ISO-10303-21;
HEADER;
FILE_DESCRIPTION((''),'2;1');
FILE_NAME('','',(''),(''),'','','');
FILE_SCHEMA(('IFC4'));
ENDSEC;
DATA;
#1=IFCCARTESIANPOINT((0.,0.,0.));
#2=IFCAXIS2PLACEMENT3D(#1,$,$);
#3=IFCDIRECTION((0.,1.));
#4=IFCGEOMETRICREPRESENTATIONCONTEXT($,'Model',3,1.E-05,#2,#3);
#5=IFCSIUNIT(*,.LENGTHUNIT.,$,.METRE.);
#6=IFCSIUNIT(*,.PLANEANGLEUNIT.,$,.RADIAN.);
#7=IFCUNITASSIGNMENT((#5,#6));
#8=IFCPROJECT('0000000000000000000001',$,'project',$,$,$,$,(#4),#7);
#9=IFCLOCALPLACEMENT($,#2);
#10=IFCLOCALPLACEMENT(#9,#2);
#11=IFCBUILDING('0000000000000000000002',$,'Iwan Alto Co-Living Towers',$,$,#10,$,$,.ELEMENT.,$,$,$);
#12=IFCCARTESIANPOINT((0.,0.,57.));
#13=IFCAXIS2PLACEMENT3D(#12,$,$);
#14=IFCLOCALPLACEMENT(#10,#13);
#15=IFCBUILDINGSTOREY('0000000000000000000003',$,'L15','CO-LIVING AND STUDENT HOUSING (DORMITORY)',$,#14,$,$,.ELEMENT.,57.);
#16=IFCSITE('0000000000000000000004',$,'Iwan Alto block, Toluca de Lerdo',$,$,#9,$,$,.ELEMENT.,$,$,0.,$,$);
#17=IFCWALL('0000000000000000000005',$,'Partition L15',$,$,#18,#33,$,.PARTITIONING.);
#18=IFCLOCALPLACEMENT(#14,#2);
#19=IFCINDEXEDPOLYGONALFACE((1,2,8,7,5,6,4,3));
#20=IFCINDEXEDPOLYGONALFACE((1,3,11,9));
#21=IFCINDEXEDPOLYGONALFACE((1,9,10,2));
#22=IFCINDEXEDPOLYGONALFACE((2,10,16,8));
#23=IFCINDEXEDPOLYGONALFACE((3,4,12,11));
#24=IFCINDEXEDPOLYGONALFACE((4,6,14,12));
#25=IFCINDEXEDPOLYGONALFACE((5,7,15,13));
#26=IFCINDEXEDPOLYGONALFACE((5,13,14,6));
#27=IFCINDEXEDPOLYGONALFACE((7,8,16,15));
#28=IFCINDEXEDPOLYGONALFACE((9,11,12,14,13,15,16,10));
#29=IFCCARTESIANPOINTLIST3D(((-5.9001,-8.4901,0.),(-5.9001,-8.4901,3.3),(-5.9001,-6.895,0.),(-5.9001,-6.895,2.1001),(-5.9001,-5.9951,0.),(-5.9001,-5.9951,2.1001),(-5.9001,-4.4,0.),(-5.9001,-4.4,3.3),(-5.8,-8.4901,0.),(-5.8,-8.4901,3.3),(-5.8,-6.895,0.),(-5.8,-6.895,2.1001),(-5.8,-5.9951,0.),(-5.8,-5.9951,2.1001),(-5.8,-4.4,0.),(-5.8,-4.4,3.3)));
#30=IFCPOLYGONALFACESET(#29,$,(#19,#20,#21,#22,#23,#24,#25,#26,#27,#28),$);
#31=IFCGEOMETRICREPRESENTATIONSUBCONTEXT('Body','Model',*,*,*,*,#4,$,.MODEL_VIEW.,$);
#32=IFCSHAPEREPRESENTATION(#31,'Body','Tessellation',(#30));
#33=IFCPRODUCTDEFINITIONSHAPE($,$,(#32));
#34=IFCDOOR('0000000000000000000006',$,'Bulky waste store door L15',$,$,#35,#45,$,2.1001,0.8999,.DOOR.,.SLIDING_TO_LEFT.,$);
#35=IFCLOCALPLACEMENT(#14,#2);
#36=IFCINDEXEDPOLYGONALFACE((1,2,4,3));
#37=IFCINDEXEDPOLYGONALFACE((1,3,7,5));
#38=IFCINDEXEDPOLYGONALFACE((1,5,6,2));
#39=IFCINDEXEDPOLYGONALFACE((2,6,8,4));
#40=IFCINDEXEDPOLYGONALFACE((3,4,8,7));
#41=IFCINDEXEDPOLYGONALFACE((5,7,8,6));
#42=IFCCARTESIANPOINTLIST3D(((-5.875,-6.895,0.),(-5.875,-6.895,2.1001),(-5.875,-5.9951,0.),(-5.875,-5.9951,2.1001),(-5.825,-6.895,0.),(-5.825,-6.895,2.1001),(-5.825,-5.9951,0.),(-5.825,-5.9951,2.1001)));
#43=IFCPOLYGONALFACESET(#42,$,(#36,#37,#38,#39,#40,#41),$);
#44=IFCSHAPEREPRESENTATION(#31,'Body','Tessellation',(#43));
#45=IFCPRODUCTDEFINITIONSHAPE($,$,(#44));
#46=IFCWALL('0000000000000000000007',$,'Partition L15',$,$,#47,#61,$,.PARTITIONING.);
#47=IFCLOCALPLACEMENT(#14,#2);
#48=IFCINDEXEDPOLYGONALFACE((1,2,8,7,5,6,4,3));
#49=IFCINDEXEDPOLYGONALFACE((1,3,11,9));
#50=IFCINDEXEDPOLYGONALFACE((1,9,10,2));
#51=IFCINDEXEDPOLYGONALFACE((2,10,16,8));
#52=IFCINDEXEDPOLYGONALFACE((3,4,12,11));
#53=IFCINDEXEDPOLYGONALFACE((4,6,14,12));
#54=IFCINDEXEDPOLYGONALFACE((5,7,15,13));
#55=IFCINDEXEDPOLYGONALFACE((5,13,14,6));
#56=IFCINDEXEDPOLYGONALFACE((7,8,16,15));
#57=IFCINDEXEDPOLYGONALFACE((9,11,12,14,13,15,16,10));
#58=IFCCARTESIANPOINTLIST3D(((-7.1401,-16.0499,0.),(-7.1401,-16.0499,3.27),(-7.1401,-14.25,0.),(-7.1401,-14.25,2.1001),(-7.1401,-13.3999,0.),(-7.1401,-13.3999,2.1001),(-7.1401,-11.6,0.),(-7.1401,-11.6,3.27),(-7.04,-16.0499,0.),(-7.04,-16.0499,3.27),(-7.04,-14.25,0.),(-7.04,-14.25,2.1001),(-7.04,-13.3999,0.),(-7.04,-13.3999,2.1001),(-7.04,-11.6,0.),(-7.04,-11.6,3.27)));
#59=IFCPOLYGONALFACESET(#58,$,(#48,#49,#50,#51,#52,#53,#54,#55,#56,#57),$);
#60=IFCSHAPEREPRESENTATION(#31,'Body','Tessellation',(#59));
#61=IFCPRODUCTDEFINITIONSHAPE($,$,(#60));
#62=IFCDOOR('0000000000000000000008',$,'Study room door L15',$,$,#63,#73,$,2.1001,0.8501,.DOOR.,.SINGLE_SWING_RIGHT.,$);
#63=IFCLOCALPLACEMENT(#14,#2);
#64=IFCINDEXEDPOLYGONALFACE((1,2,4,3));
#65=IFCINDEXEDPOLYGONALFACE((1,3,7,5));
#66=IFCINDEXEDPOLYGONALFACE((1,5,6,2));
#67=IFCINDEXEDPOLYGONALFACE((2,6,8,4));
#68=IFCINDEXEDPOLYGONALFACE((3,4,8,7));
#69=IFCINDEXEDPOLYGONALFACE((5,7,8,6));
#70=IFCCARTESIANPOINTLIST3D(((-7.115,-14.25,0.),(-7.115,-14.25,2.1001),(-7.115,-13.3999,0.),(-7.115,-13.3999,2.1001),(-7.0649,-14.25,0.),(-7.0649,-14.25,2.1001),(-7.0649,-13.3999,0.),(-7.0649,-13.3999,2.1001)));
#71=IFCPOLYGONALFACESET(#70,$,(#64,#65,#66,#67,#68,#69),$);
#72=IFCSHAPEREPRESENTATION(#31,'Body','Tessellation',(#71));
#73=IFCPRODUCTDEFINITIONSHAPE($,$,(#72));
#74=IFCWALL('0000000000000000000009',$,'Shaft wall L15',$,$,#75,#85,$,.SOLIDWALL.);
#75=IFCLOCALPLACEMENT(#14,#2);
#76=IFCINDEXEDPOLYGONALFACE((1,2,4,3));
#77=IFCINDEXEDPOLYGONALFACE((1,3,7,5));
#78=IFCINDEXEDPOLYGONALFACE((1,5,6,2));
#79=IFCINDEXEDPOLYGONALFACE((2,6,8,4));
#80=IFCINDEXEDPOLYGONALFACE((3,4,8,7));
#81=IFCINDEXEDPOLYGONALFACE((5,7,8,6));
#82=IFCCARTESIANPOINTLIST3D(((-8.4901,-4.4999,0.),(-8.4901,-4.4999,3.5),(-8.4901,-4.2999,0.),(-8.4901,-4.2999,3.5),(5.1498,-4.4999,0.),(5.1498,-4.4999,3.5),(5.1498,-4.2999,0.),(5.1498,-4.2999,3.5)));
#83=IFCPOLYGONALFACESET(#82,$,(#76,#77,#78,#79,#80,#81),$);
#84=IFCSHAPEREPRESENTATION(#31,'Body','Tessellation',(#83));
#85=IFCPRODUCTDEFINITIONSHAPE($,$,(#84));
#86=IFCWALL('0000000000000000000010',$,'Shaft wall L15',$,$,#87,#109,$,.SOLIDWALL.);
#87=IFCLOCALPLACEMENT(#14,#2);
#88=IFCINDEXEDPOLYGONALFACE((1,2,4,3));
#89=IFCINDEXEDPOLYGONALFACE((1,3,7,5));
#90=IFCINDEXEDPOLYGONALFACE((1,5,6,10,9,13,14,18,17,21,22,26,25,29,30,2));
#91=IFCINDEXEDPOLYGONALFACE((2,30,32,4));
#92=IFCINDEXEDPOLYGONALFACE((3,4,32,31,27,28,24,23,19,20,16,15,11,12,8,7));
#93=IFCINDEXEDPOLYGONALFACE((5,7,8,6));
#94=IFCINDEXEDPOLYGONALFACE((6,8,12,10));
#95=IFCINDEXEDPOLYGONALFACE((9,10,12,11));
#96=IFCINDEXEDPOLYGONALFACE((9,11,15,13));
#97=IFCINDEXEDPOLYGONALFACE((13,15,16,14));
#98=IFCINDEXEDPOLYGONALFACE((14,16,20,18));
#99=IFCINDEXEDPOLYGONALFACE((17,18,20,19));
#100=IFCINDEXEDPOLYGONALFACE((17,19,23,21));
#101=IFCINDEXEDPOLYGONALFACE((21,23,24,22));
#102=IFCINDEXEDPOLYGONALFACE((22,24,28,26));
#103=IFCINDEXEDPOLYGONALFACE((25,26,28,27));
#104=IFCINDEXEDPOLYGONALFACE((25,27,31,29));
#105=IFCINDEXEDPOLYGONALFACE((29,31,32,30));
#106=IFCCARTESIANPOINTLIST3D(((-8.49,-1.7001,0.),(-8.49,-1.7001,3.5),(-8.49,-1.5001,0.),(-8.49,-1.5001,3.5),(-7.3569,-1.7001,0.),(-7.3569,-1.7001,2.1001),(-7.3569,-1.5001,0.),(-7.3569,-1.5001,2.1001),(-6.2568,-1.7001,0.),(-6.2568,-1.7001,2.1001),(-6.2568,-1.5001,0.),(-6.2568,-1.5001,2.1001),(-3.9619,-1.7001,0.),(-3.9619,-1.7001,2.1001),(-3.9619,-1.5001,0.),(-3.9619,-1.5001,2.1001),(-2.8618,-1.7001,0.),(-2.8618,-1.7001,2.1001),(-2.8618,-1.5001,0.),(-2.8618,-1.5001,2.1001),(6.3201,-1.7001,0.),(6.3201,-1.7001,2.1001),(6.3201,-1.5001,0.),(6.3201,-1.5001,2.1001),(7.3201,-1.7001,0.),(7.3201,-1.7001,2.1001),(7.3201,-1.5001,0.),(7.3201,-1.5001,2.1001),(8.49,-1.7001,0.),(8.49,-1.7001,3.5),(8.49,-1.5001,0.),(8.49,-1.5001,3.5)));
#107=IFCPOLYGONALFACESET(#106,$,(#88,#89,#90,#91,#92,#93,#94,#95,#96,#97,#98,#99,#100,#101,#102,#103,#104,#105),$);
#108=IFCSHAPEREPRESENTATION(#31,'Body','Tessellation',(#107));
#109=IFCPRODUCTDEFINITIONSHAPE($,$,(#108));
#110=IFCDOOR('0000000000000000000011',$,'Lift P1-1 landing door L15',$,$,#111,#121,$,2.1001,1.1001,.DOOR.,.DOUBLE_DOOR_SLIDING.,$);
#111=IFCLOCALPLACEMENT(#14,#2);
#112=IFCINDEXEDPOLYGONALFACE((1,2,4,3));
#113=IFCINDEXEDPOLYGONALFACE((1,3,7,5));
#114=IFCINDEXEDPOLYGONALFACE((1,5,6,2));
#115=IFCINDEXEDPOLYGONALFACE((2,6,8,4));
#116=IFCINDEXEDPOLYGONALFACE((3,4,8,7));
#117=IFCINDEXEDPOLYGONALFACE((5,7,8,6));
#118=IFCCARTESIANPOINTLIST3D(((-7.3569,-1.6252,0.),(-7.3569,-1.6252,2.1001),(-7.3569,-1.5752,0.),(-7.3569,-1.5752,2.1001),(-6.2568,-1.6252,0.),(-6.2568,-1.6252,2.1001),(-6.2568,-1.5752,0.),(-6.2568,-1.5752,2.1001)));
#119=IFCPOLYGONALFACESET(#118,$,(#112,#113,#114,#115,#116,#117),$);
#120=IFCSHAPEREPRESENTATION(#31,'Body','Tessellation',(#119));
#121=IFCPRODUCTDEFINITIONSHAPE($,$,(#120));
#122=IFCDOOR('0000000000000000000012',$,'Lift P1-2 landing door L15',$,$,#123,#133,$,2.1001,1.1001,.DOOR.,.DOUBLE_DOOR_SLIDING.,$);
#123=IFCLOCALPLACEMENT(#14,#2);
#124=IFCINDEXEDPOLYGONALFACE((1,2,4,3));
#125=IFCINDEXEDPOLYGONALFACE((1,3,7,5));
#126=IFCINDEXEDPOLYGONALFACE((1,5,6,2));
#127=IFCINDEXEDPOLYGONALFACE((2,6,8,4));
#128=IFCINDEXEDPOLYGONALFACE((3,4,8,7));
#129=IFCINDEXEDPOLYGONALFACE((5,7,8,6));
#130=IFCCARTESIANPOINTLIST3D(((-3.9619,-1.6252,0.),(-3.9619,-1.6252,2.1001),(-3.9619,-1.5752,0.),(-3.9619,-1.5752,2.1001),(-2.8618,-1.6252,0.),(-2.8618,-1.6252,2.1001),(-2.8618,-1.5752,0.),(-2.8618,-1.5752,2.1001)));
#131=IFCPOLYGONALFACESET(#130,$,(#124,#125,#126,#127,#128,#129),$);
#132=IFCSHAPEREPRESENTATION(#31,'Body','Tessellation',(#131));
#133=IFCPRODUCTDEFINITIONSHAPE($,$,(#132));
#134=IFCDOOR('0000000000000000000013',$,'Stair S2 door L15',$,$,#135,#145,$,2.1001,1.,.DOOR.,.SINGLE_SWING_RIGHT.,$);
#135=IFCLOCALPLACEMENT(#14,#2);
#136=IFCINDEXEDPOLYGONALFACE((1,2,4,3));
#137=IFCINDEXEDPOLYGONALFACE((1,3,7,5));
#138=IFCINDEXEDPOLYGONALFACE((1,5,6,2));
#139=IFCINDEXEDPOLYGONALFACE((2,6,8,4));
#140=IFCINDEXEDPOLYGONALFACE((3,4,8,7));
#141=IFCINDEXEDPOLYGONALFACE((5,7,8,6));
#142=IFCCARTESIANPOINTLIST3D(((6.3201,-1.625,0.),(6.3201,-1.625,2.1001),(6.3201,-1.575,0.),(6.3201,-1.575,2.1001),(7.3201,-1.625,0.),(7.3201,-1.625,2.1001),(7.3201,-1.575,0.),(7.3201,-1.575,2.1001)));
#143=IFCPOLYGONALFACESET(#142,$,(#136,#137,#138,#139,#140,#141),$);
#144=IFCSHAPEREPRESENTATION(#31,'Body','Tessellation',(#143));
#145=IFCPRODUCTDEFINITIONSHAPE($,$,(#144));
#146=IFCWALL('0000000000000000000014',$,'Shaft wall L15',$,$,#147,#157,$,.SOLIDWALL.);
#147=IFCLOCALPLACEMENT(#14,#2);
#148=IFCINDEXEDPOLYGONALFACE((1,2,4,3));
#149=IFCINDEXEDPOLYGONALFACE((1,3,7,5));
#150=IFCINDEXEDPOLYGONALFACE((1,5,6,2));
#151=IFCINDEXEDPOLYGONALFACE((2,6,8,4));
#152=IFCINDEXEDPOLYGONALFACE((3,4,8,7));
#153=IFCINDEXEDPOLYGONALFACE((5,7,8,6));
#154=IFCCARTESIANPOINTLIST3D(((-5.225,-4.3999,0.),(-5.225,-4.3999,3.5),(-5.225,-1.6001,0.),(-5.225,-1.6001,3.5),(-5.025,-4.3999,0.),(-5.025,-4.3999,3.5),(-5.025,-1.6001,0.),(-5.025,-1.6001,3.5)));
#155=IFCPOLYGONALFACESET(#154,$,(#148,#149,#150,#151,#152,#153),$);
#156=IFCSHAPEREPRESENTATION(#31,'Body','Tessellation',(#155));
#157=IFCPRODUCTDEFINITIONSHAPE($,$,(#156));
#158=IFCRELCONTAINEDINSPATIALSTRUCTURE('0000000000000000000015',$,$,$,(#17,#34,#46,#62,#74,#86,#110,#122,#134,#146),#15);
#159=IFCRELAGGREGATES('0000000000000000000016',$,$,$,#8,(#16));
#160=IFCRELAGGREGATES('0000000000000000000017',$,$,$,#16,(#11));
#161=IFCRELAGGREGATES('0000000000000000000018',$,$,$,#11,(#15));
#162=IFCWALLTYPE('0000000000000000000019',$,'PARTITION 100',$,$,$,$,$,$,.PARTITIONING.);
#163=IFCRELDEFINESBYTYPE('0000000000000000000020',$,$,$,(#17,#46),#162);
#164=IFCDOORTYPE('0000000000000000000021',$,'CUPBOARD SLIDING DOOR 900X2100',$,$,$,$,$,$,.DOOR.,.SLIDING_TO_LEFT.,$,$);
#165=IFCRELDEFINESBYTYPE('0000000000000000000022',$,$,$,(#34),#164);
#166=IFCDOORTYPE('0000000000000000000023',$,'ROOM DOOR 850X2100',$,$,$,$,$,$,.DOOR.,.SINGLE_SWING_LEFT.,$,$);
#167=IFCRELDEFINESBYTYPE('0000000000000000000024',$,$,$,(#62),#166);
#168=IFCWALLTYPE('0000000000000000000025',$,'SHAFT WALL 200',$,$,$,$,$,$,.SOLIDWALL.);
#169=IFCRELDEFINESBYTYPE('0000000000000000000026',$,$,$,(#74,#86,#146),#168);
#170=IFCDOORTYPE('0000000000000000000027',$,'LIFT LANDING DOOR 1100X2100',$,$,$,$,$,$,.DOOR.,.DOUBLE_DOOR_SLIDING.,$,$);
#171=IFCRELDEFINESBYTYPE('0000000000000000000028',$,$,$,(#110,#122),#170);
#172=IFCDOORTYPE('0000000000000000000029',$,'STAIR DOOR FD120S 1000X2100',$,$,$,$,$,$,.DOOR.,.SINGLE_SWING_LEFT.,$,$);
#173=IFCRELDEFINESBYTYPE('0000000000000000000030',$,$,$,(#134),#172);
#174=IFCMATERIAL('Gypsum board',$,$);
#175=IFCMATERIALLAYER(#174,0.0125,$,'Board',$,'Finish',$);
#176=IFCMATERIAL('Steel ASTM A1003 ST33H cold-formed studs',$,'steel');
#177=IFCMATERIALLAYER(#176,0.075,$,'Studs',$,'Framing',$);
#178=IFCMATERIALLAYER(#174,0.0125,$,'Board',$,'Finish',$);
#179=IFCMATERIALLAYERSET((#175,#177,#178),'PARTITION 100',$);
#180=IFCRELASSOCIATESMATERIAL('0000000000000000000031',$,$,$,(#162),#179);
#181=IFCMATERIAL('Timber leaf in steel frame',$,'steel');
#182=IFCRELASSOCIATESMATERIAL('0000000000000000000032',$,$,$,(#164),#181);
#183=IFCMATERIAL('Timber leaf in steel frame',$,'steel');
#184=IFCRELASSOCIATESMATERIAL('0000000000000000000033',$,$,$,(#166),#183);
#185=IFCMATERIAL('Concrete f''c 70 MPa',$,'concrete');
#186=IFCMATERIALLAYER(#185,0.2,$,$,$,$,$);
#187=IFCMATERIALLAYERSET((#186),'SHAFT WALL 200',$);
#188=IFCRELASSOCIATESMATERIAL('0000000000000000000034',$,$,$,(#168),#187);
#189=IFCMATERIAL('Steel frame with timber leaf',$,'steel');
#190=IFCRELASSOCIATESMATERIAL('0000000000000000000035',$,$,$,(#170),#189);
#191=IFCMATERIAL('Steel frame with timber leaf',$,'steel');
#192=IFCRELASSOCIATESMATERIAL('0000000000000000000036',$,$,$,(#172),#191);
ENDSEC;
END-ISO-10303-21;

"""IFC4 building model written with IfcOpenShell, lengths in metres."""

from ifc_helpers import new_model, si_unit, direction, frame, frame_2d, origin, place, context, subcontext, project, spatial, rectangle, extrude, material, layer, layer_set, type_object, element, fill, save


model = new_model("IFC4")

# Units and contexts
model_context = context("Model", 3, precision=1e-05, world=origin(), true_north=direction((0.0, 1.0)))
body_context = subcontext(model_context, "Body", "Model", "MODEL_VIEW")
ifc_project = project(units=[si_unit("LENGTHUNIT", "METRE"), si_unit("PLANEANGLEUNIT", "RADIAN")], contexts=[model_context])

# Site, building, storey
site_placement = place(None, origin())
site = spatial("IfcSite", under=ifc_project, at=site_placement, Name="Iwan Alto block, Toluca de Lerdo", CompositionType="ELEMENT", RefElevation=0.0)
building_placement = place(site_placement, origin())
building = spatial("IfcBuilding", under=site, at=building_placement, Name="Iwan Alto Co-Living Towers", CompositionType="ELEMENT")
storey_placement = place(building_placement, frame((0.0, 0.0, 57.0)))
storey = spatial("IfcBuildingStorey", under=building, at=storey_placement, Name="L15", Description="CO-LIVING AND STUDENT HOUSING (DORMITORY)", CompositionType="ELEMENT", Elevation=57.0)

# Shared definitions
ifc_material_1 = material(Name="Gypsum board")
ifc_material_2 = material(Name="Steel ASTM A1003 ST33H cold-formed studs", Category="steel")

# Walls, openings, doors
ifc_layer_1 = layer(ifc_material_1, 0.0125, Name="Board", Category="Finish")
ifc_layer_2 = layer(ifc_material_2, 0.075, Name="Studs", Category="Framing")
ifc_layer_3 = layer(ifc_material_1, 0.0125, Name="Board", Category="Finish")
ifc_layer_set_1 = layer_set([ifc_layer_1, ifc_layer_2, ifc_layer_3], Name="PARTITION 100")
wall_type_1 = type_object("IfcWallType", Name="PARTITION 100", PredefinedType="PARTITIONING", material=ifc_layer_set_1)
wall_1_placement = place(storey_placement, frame((-5.8501, -8.49, 0.0), z_axis=(0.0, 0.0, 1.0), x_axis=(0.0, 1.0, 0.0)))
wall_1 = element("IfcWall", 1, at=wall_1_placement, inside=storey, type_object=wall_type_1, Name="Partition L15", PredefinedType="PARTITIONING", context=body_context, shape_type="SweptSolid", body=[
    extrude(rectangle(XDim=4.0901, YDim=0.1001, at=frame_2d((2.0449, 0.0))), origin(), (0.0, 0.0, 1.0), 3.3),
])
opening_1_placement = place(wall_1_placement, frame((1.595, 0.0, 0.0)))
opening_1 = element("IfcOpeningElement", 2, at=opening_1_placement, cuts=wall_1, PredefinedType="OPENING", context=body_context, shape_type="SweptSolid", body=[
    extrude(rectangle(XDim=0.8999, YDim=2.1001, at=frame_2d((0.45, 1.05))), frame((0.0, 0.0601, 0.0), z_axis=(0.0, -1.0, 0.0), x_axis=(1.0, 0.0, 0.0)), (0.0, 0.0, 1.0), 0.1201),
])
ifc_material_3 = material(Name="Timber leaf in steel frame", Category="steel")
door_type_1 = type_object("IfcDoorType", Name="CUPBOARD SLIDING DOOR 900X2100", OperationType="SLIDING_TO_LEFT", PredefinedType="DOOR", material=ifc_material_3)
door_1_placement = place(opening_1_placement, origin())
door_1 = element("IfcDoor", 3, at=door_1_placement, inside=storey, type_object=door_type_1, Name="Bulky waste store door L15", OperationType="SLIDING_TO_LEFT", OverallHeight=2.1001, OverallWidth=0.8999, PredefinedType="DOOR", context=body_context, shape_type="SweptSolid", body=[
    extrude(rectangle(XDim=0.8999, YDim=2.1001, at=frame_2d((0.45, 1.05))), frame((0.0, 0.0249, 0.0), z_axis=(0.0, -1.0, 0.0), x_axis=(1.0, 0.0, 0.0)), (0.0, 0.0, 1.0), 0.05),
])
fill(opening_1, door_1)
wall_2_placement = place(storey_placement, frame((-7.0901, -16.05, 0.0), z_axis=(0.0, 0.0, 1.0), x_axis=(0.0, 1.0, 0.0)))
wall_2 = element("IfcWall", 4, at=wall_2_placement, inside=storey, type_object=wall_type_1, Name="Partition L15", PredefinedType="PARTITIONING", context=body_context, shape_type="SweptSolid", body=[
    extrude(rectangle(XDim=4.45, YDim=0.1001, at=frame_2d((2.2251, 0.0))), origin(), (0.0, 0.0, 1.0), 3.27),
])
opening_2_placement = place(wall_2_placement, frame((1.8, 0.0, 0.0)))
opening_2 = element("IfcOpeningElement", 5, at=opening_2_placement, cuts=wall_2, PredefinedType="OPENING", context=body_context, shape_type="SweptSolid", body=[
    extrude(rectangle(XDim=0.8501, YDim=2.1001, at=frame_2d((0.425, 1.05))), frame((0.0, 0.0601, 0.0), z_axis=(0.0, -1.0, 0.0), x_axis=(1.0, 0.0, 0.0)), (0.0, 0.0, 1.0), 0.1201),
])
ifc_material_4 = material(Name="Timber leaf in steel frame", Category="steel")
door_type_2 = type_object("IfcDoorType", Name="ROOM DOOR 850X2100", OperationType="SINGLE_SWING_LEFT", PredefinedType="DOOR", material=ifc_material_4)
door_2_placement = place(opening_2_placement, origin())
door_2 = element("IfcDoor", 6, at=door_2_placement, inside=storey, type_object=door_type_2, Name="Study room door L15", OperationType="SINGLE_SWING_RIGHT", OverallHeight=2.1001, OverallWidth=0.8501, PredefinedType="DOOR", context=body_context, shape_type="SweptSolid", body=[
    extrude(rectangle(XDim=0.8501, YDim=2.1001, at=frame_2d((0.425, 1.05))), frame((0.0, 0.0249, 0.0), z_axis=(0.0, -1.0, 0.0), x_axis=(1.0, 0.0, 0.0)), (0.0, 0.0, 1.0), 0.05),
])
fill(opening_2, door_2)

# Wall
ifc_material_5 = material(Name="Concrete f'c 70 MPa", Category="concrete")
ifc_layer_4 = layer(ifc_material_5, 0.2)
ifc_layer_set_2 = layer_set([ifc_layer_4], Name="SHAFT WALL 200")
wall_type_2 = type_object("IfcWallType", Name="SHAFT WALL 200", PredefinedType="SOLIDWALL", material=ifc_layer_set_2)
wall_3_placement = place(storey_placement, frame((-8.49, -4.3999, 0.0), z_axis=(0.0, 0.0, 1.0), x_axis=(1.0, 0.0, 0.0)))
element("IfcWall", 7, at=wall_3_placement, inside=storey, type_object=wall_type_2, Name="Shaft wall L15", PredefinedType="SOLIDWALL", context=body_context, shape_type="SweptSolid", body=[
    extrude(rectangle(XDim=13.6399, YDim=0.2, at=frame_2d((6.8198, 0.0))), origin(), (0.0, 0.0, 1.0), 3.5),
])

# Wall, openings, doors
wall_4_placement = place(storey_placement, frame((-8.49, -1.6001, 0.0), z_axis=(0.0, 0.0, 1.0), x_axis=(1.0, 0.0, 0.0)))
wall_4 = element("IfcWall", 8, at=wall_4_placement, inside=storey, type_object=wall_type_2, Name="Shaft wall L15", PredefinedType="SOLIDWALL", context=body_context, shape_type="SweptSolid", body=[
    extrude(rectangle(XDim=16.98, YDim=0.2, at=frame_2d((8.49, 0.0))), origin(), (0.0, 0.0, 1.0), 3.5),
])
opening_3_placement = place(wall_4_placement, frame((14.8101, 0.0, 0.0)))
opening_3 = element("IfcOpeningElement", 9, at=opening_3_placement, cuts=wall_4, PredefinedType="OPENING", context=body_context, shape_type="SweptSolid", body=[
    extrude(rectangle(XDim=1.0, YDim=2.1001, at=frame_2d((0.5, 1.05))), frame((0.0, 0.1099, 0.0), z_axis=(0.0, -1.0, 0.0), x_axis=(1.0, 0.0, 0.0)), (0.0, 0.0, 1.0), 0.22),
])
opening_4_placement = place(wall_4_placement, frame((1.1331, 0.0, 0.0)))
opening_4 = element("IfcOpeningElement", 10, at=opening_4_placement, cuts=wall_4, PredefinedType="OPENING", context=body_context, shape_type="SweptSolid", body=[
    extrude(rectangle(XDim=1.1001, YDim=2.1001, at=frame_2d((0.55, 1.05))), frame((0.0, 0.1099, 0.0), z_axis=(0.0, -1.0, 0.0), x_axis=(1.0, 0.0, 0.0)), (0.0, 0.0, 1.0), 0.22),
])
opening_5_placement = place(wall_4_placement, frame((4.5281, 0.0, 0.0)))
opening_5 = element("IfcOpeningElement", 11, at=opening_5_placement, cuts=wall_4, PredefinedType="OPENING", context=body_context, shape_type="SweptSolid", body=[
    extrude(rectangle(XDim=1.1001, YDim=2.1001, at=frame_2d((0.55, 1.05))), frame((0.0, 0.1099, 0.0), z_axis=(0.0, -1.0, 0.0), x_axis=(1.0, 0.0, 0.0)), (0.0, 0.0, 1.0), 0.22),
])
ifc_material_6 = material(Name="Steel frame with timber leaf", Category="steel")
door_type_3 = type_object("IfcDoorType", Name="LIFT LANDING DOOR 1100X2100", OperationType="DOUBLE_DOOR_SLIDING", PredefinedType="DOOR", material=ifc_material_6)
door_3_placement = place(opening_4_placement, origin())
door_3 = element("IfcDoor", 12, at=door_3_placement, inside=storey, type_object=door_type_3, Name="Lift P1-1 landing door L15", OperationType="DOUBLE_DOOR_SLIDING", OverallHeight=2.1001, OverallWidth=1.1001, PredefinedType="DOOR", context=body_context, shape_type="SweptSolid", body=[
    extrude(rectangle(XDim=1.1001, YDim=2.1001, at=frame_2d((0.55, 1.05))), frame((0.0, 0.0249, 0.0), z_axis=(0.0, -1.0, 0.0), x_axis=(1.0, 0.0, 0.0)), (0.0, 0.0, 1.0), 0.05),
])
fill(opening_4, door_3)
door_4_placement = place(opening_5_placement, origin())
door_4 = element("IfcDoor", 13, at=door_4_placement, inside=storey, type_object=door_type_3, Name="Lift P1-2 landing door L15", OperationType="DOUBLE_DOOR_SLIDING", OverallHeight=2.1001, OverallWidth=1.1001, PredefinedType="DOOR", context=body_context, shape_type="SweptSolid", body=[
    extrude(rectangle(XDim=1.1001, YDim=2.1001, at=frame_2d((0.55, 1.05))), frame((0.0, 0.0249, 0.0), z_axis=(0.0, -1.0, 0.0), x_axis=(1.0, 0.0, 0.0)), (0.0, 0.0, 1.0), 0.05),
])
fill(opening_5, door_4)
ifc_material_7 = material(Name="Steel frame with timber leaf", Category="steel")
door_type_4 = type_object("IfcDoorType", Name="STAIR DOOR FD120S 1000X2100", OperationType="SINGLE_SWING_LEFT", PredefinedType="DOOR", material=ifc_material_7)
door_5_placement = place(opening_3_placement, frame((1.0, 0.0, 0.0), z_axis=(0.0, 0.0, 1.0), x_axis=(-1.0, 0.0, 0.0)))
door_5 = element("IfcDoor", 14, at=door_5_placement, inside=storey, type_object=door_type_4, Name="Stair S2 door L15", OperationType="SINGLE_SWING_RIGHT", OverallHeight=2.1001, OverallWidth=1.0, PredefinedType="DOOR", context=body_context, shape_type="SweptSolid", body=[
    extrude(rectangle(XDim=1.0, YDim=2.1001, at=frame_2d((0.5, 1.05))), frame((0.0, 0.0249, 0.0), z_axis=(0.0, -1.0, 0.0), x_axis=(1.0, 0.0, 0.0)), (0.0, 0.0, 1.0), 0.05),
])
fill(opening_3, door_5)

# Wall
wall_5_placement = place(storey_placement, frame((-5.125, -4.3999, 0.0), z_axis=(0.0, 0.0, 1.0), x_axis=(0.0, 1.0, 0.0)))
element("IfcWall", 15, at=wall_5_placement, inside=storey, type_object=wall_type_2, Name="Shaft wall L15", PredefinedType="SOLIDWALL", context=body_context, shape_type="SweptSolid", body=[
    extrude(rectangle(XDim=2.7998, YDim=0.2, at=frame_2d((1.3999, 0.0))), origin(), (0.0, 0.0, 1.0), 3.5),
])

save(model, "model.ifc")
